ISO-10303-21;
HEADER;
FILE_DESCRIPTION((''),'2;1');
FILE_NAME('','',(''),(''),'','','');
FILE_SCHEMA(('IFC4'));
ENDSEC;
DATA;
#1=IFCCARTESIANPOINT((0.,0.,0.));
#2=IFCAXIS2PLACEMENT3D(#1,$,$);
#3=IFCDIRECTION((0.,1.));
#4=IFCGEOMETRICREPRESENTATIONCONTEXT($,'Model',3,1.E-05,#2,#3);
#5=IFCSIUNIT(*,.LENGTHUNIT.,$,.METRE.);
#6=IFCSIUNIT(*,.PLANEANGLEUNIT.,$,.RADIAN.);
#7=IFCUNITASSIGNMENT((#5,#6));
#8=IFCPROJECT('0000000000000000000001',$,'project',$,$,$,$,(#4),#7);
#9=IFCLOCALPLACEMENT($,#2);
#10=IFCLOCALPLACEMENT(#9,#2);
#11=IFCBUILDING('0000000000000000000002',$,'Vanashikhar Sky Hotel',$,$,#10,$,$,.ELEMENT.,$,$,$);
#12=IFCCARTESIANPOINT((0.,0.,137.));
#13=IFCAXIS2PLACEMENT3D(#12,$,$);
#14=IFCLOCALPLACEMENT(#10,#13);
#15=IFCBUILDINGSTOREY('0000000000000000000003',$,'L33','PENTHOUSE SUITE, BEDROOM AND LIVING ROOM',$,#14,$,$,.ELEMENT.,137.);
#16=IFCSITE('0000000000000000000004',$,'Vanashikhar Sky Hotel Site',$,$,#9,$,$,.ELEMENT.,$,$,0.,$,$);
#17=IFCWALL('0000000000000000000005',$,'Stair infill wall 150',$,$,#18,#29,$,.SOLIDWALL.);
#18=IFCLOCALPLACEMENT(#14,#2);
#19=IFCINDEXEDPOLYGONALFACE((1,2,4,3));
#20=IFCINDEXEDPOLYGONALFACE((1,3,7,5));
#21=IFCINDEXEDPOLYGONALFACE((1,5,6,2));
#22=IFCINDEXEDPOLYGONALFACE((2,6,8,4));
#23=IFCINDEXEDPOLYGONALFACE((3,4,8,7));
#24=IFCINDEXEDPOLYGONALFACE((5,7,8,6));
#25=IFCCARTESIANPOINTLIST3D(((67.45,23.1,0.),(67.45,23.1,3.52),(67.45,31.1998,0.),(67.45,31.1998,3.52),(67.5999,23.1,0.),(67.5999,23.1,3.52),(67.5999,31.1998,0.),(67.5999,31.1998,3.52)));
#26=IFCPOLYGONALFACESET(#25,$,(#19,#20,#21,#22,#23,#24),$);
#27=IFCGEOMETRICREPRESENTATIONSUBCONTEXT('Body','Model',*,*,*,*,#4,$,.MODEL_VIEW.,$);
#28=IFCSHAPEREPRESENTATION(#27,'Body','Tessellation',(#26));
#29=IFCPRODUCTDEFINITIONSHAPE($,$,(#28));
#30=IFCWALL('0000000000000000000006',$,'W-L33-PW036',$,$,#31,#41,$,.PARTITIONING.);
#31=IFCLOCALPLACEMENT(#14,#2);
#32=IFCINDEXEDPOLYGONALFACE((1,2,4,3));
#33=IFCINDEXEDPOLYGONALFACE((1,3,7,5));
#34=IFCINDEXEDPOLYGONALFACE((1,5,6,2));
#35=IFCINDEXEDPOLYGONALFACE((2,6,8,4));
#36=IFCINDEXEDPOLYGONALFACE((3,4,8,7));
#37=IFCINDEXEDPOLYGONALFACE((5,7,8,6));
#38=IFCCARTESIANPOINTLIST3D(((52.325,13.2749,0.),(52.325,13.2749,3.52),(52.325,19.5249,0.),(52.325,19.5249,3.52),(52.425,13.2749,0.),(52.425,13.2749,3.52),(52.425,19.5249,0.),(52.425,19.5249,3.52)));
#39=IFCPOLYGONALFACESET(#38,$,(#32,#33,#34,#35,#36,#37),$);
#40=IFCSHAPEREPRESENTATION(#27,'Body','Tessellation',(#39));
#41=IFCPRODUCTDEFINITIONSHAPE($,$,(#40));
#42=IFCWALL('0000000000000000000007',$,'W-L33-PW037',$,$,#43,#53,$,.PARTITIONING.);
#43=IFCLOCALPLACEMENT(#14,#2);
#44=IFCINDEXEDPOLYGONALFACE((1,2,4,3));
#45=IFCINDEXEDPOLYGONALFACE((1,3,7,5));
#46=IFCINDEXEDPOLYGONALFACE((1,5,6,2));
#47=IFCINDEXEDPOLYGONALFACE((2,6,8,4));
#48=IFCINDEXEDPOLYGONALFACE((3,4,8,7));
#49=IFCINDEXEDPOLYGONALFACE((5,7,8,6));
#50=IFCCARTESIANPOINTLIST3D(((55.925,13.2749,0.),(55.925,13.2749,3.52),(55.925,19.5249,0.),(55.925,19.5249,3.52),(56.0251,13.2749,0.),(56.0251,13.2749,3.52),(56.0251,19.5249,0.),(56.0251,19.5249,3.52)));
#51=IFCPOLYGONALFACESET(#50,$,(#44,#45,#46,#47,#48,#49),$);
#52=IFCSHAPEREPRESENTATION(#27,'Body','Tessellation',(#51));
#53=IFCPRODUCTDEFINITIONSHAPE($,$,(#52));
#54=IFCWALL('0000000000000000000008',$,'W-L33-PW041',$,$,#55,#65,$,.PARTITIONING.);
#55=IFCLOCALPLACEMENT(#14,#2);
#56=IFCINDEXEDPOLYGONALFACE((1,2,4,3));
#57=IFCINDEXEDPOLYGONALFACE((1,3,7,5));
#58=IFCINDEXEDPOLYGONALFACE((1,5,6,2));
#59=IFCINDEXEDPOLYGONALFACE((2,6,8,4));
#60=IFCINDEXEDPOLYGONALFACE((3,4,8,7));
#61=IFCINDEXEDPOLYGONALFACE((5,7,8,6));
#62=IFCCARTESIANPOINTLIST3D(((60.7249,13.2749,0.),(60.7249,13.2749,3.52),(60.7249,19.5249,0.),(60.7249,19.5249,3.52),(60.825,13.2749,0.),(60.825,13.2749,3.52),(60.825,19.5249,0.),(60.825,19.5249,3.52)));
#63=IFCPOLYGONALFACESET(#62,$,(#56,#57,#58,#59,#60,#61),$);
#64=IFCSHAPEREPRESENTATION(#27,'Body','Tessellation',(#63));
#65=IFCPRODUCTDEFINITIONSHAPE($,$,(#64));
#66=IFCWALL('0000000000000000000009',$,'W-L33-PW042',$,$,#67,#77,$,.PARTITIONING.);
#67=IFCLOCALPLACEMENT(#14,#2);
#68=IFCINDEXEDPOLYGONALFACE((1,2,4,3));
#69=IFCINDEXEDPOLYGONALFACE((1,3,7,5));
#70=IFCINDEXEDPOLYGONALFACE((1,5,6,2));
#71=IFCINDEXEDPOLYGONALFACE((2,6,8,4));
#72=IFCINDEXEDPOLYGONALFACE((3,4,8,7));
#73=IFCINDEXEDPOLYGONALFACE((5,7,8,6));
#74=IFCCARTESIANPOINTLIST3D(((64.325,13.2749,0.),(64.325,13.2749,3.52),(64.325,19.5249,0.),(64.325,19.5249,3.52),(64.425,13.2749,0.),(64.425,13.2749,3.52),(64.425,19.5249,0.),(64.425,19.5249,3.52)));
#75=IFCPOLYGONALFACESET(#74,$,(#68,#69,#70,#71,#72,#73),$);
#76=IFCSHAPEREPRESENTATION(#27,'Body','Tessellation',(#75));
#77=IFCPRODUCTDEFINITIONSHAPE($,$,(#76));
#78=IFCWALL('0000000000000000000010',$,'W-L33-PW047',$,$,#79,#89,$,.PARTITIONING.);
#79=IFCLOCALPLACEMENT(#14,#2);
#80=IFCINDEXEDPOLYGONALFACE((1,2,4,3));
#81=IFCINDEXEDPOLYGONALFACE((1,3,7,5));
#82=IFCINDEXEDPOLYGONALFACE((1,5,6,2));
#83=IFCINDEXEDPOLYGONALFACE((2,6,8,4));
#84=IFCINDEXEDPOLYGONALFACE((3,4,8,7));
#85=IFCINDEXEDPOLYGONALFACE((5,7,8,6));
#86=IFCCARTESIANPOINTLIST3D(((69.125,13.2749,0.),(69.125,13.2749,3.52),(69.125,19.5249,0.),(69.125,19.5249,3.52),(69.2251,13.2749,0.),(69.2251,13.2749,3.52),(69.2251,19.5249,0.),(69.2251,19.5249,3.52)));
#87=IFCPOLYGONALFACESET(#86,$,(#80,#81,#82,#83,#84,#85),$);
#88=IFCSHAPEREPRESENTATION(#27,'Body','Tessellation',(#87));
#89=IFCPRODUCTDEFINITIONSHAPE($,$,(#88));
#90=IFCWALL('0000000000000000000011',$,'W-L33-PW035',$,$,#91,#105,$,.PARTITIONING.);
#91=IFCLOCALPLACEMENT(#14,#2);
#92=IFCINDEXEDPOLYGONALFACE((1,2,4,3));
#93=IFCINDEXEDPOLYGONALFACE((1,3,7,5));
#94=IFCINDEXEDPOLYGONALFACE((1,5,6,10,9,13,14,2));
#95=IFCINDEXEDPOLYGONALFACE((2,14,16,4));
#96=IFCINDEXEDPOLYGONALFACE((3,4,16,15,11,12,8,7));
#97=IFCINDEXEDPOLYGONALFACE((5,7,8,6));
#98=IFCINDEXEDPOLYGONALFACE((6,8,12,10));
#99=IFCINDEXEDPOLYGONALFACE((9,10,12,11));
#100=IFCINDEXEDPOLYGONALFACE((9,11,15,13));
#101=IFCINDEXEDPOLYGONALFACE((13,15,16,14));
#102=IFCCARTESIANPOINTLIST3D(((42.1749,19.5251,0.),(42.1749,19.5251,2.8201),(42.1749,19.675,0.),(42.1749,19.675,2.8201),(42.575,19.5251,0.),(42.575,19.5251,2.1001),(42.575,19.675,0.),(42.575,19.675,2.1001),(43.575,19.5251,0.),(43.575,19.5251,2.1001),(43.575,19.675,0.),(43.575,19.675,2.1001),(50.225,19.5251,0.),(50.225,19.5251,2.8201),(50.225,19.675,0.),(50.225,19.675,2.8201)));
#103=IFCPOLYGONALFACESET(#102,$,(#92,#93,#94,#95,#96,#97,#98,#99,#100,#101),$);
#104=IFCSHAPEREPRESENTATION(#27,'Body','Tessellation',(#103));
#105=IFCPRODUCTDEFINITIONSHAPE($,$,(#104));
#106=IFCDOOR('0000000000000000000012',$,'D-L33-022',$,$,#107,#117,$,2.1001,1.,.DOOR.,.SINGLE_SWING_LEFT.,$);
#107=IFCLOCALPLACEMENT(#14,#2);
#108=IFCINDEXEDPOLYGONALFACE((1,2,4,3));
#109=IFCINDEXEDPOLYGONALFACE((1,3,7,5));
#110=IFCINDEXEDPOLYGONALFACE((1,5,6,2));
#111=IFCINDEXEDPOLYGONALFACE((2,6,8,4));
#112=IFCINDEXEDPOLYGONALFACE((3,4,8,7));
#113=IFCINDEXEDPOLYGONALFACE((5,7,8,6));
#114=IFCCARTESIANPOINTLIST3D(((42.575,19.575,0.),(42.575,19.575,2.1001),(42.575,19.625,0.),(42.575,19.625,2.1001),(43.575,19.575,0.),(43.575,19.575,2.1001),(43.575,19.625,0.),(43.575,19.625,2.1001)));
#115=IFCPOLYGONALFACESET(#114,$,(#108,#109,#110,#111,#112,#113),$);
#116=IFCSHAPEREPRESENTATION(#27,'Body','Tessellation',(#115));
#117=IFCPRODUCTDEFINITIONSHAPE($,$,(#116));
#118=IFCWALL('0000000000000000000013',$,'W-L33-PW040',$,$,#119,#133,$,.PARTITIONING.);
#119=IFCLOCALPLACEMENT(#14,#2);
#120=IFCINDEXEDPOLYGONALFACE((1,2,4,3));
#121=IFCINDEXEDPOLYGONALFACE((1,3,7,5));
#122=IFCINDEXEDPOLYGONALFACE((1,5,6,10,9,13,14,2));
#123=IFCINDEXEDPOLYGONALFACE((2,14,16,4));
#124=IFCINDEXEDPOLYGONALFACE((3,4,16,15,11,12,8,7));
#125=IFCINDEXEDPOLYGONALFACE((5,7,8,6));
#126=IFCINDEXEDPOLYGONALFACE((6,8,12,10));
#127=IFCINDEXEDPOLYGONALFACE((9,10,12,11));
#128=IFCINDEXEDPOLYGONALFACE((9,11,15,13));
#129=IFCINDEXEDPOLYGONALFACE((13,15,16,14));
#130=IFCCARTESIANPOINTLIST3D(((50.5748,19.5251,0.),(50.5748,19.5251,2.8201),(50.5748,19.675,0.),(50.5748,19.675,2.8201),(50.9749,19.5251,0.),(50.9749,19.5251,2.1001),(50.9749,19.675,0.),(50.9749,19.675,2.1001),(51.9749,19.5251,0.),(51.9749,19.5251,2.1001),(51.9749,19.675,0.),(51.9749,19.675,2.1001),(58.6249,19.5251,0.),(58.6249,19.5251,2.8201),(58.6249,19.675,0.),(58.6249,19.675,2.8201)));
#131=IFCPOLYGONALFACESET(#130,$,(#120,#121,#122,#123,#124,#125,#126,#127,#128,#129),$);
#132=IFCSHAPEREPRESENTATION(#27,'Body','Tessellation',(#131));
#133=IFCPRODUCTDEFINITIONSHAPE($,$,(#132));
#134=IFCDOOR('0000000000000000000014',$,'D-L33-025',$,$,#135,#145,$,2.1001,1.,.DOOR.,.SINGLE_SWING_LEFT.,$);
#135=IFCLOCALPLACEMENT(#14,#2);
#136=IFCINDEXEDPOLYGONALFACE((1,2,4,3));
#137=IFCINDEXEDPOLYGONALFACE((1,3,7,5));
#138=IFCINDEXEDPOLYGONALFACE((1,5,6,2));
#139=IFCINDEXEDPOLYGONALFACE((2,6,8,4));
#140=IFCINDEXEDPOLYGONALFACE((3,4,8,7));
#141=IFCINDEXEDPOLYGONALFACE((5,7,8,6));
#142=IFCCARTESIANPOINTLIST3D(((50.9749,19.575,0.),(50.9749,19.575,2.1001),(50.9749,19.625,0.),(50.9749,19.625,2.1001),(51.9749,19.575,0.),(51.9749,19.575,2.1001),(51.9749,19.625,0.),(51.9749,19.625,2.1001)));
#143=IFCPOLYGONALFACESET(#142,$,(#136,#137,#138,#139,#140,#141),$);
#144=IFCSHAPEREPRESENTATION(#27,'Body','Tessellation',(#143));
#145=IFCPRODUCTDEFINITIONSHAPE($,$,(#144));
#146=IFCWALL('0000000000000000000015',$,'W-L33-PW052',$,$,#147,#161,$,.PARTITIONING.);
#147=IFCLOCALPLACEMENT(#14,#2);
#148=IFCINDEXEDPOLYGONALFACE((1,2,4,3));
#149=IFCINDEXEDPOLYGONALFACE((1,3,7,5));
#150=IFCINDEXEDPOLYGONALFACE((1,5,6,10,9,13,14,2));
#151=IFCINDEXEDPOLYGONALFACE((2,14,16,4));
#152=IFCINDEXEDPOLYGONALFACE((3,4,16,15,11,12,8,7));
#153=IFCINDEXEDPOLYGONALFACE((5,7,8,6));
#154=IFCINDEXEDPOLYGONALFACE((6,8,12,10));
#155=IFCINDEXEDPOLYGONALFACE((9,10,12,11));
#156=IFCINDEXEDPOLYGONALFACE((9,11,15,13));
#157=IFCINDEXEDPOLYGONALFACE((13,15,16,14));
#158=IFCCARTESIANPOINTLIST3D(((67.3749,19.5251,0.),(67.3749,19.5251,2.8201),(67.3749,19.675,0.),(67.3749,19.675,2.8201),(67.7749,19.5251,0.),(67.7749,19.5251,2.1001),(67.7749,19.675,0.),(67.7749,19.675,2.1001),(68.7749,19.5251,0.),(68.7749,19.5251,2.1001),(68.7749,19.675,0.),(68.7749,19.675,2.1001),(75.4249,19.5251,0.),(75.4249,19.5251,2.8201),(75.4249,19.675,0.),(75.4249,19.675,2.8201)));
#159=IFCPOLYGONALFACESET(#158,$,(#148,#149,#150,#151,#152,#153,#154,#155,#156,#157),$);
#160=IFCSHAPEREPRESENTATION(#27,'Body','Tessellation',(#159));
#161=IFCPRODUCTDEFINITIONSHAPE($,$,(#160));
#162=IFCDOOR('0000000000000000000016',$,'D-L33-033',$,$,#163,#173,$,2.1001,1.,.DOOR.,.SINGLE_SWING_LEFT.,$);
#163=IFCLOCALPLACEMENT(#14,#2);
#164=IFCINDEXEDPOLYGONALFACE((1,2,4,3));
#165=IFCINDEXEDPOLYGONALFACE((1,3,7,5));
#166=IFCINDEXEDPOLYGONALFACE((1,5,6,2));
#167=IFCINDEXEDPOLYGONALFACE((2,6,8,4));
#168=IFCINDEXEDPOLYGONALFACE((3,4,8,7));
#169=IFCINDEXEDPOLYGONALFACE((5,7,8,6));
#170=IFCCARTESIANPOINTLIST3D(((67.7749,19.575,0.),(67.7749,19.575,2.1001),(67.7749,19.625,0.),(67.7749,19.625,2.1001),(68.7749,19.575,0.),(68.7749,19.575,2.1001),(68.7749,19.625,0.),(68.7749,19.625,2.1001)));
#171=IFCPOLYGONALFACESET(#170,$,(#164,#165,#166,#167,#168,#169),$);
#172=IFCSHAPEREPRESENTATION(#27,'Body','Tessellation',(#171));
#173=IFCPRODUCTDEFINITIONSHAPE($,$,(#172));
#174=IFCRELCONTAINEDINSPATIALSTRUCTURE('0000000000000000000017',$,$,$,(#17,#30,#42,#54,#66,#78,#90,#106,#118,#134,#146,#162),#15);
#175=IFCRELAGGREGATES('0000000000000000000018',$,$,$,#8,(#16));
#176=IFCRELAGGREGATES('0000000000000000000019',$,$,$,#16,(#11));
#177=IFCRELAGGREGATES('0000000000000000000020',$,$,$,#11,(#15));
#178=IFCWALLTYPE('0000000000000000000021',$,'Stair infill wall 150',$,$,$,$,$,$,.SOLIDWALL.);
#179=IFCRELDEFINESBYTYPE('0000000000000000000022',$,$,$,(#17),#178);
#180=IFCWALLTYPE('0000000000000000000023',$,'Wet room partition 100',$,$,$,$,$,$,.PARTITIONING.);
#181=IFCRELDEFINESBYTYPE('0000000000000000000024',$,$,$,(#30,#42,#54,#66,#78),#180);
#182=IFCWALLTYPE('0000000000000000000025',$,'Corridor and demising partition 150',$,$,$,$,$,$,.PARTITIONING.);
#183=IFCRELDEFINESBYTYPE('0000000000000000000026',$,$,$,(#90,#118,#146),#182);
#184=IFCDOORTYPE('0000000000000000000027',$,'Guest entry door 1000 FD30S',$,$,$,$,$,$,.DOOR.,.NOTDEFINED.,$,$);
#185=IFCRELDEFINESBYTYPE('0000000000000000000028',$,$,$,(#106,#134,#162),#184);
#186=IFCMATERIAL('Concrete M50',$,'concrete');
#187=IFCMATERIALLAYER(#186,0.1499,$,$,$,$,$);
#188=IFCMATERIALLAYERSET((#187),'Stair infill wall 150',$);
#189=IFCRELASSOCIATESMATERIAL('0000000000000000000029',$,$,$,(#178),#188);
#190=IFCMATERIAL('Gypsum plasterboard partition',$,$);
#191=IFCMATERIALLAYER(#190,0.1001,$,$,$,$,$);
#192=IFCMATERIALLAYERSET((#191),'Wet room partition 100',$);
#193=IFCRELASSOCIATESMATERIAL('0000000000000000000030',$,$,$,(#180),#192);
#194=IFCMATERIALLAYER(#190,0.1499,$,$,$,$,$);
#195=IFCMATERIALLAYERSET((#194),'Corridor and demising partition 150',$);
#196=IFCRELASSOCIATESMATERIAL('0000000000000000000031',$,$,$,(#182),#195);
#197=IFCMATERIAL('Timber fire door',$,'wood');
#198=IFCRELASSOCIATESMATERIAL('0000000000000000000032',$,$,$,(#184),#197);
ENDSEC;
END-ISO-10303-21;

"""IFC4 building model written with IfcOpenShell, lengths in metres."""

from ifc_helpers import new_model, si_unit, direction, frame, frame_2d, origin, place, context, subcontext, project, spatial, rectangle, extrude, source, transform, mapped, material, layer, layer_set, type_object, element, fill, save


model = new_model("IFC4")

# Units and contexts
model_context = context("Model", 3, precision=1e-05, world=origin(), true_north=direction((0.0, 1.0)))
body_context = subcontext(model_context, "Body", "Model", "MODEL_VIEW")
ifc_project = project(units=[si_unit("LENGTHUNIT", "METRE"), si_unit("PLANEANGLEUNIT", "RADIAN")], contexts=[model_context])

# Site, building, storey
site_placement = place(None, origin())
site = spatial("IfcSite", under=ifc_project, at=site_placement, Name="Vanashikhar Sky Hotel Site", CompositionType="ELEMENT", RefElevation=0.0)
building_placement = place(site_placement, origin())
building = spatial("IfcBuilding", under=site, at=building_placement, Name="Vanashikhar Sky Hotel", CompositionType="ELEMENT")
storey_placement = place(building_placement, frame((0.0, 0.0, 137.0)))
storey = spatial("IfcBuildingStorey", under=building, at=storey_placement, Name="L33", Description="PENTHOUSE SUITE, BEDROOM AND LIVING ROOM", CompositionType="ELEMENT", Elevation=137.0)

# Shared definitions
ifc_material_1 = material(Name="Concrete M50", Category="concrete")

# Walls
ifc_layer_1 = layer(ifc_material_1, 0.1499)
ifc_layer_set_1 = layer_set([ifc_layer_1], Name="Stair infill wall 150")
wall_type_1 = type_object("IfcWallType", Name="Stair infill wall 150", PredefinedType="SOLIDWALL", material=ifc_layer_set_1)
shared_shape_1 = source(origin(), body_context, "Body", "SweptSolid", [
    extrude(rectangle(XDim=8.0999, YDim=0.1499, at=frame_2d((4.0498, 0.0))), origin(), (0.0, 0.0, 1.0), 3.52),
])
wall_1_placement = place(storey_placement, frame((67.5249, 23.1001, 0.0), z_axis=(0.0, 0.0, 1.0), x_axis=(0.0, 1.0, 0.0)))
element("IfcWall", 1, at=wall_1_placement, inside=storey, type_object=wall_type_1, Name="Stair infill wall 150", PredefinedType="SOLIDWALL", context=body_context, shape_type="MappedRepresentation", body=[
    mapped(shared_shape_1, transform((0.0, 0.0, 0.0), scale=1.0)),
])
ifc_material_2 = material(Name="Gypsum plasterboard partition")
ifc_layer_2 = layer(ifc_material_2, 0.1001)
ifc_layer_set_2 = layer_set([ifc_layer_2], Name="Wet room partition 100")
wall_type_2 = type_object("IfcWallType", Name="Wet room partition 100", PredefinedType="PARTITIONING", material=ifc_layer_set_2)
shared_shape_2 = source(origin(), body_context, "Body", "SweptSolid", [
    extrude(rectangle(XDim=6.25, YDim=0.1001, at=frame_2d((3.125, 0.0))), origin(), (0.0, 0.0, 1.0), 3.52),
])
for number, where, z_axis, x_axis, name in (
    (2, (52.375, 13.2749, 0.0), (0.0, 0.0, 1.0), (0.0, 1.0, 0.0), "W-L33-PW036"),
    (3, (55.9751, 13.2749, 0.0), (0.0, 0.0, 1.0), (0.0, 1.0, 0.0), "W-L33-PW037"),
    (4, (60.7749, 13.2749, 0.0), (0.0, 0.0, 1.0), (0.0, 1.0, 0.0), "W-L33-PW041"),
    (5, (64.375, 13.2749, 0.0), (0.0, 0.0, 1.0), (0.0, 1.0, 0.0), "W-L33-PW042"),
    (6, (69.175, 13.2749, 0.0), (0.0, 0.0, 1.0), (0.0, 1.0, 0.0), "W-L33-PW047"),
):
    element("IfcWall", number, at=place(storey_placement, frame(where, z_axis=z_axis, x_axis=x_axis)), inside=storey, type_object=wall_type_2, Name=name, PredefinedType="PARTITIONING", context=body_context, shape_type="MappedRepresentation", body=[
        mapped(shared_shape_2, transform((0.0, 0.0, 0.0), scale=1.0)),
    ])

# Walls, openings, doors
ifc_layer_3 = layer(ifc_material_2, 0.1499)
ifc_layer_set_3 = layer_set([ifc_layer_3], Name="Corridor and demising partition 150")
wall_type_3 = type_object("IfcWallType", Name="Corridor and demising partition 150", PredefinedType="PARTITIONING", material=ifc_layer_set_3)
shared_shape_3 = source(origin(), body_context, "Body", "SweptSolid", [
    extrude(rectangle(XDim=8.05, YDim=0.1499, at=frame_2d((4.0249, 0.0))), origin(), (0.0, 0.0, 1.0), 2.8201),
])
wall_2_placement = place(storey_placement, frame((42.175, 19.6001, 0.0), z_axis=(0.0, 0.0, 1.0), x_axis=(1.0, 0.0, 0.0)))
wall_2 = element("IfcWall", 7, at=wall_2_placement, inside=storey, type_object=wall_type_3, Name="W-L33-PW035", PredefinedType="PARTITIONING", context=body_context, shape_type="MappedRepresentation", body=[
    mapped(shared_shape_3, transform((0.0, 0.0, 0.0), scale=1.0)),
])
shared_shape_4 = source(origin(), body_context, "Body", "SweptSolid", [
    extrude(rectangle(XDim=1.0, YDim=2.1001, at=frame_2d((0.5, 1.05))), frame((0.0, 0.085, 0.0), z_axis=(0.0, -1.0, 0.0), x_axis=(1.0, 0.0, 0.0)), (0.0, 0.0, 1.0), 0.1699),
])
opening_1_placement = place(wall_2_placement, frame((0.3999, 0.0, 0.0)))
opening_1 = element("IfcOpeningElement", 8, at=opening_1_placement, cuts=wall_2, PredefinedType="OPENING", context=body_context, shape_type="MappedRepresentation", body=[
    mapped(shared_shape_4, transform((0.0, 0.0, 0.0), scale=1.0)),
])
ifc_material_3 = material(Name="Timber fire door", Category="wood")
door_type_1 = type_object("IfcDoorType", Name="Guest entry door 1000 FD30S", OperationType="NOTDEFINED", PredefinedType="DOOR", material=ifc_material_3)
shared_shape_5 = source(origin(), body_context, "Body", "SweptSolid", [
    extrude(rectangle(XDim=1.0, YDim=2.1001, at=frame_2d((0.5, 1.05))), frame((0.0, 0.0249, 0.0), z_axis=(0.0, -1.0, 0.0), x_axis=(1.0, 0.0, 0.0)), (0.0, 0.0, 1.0), 0.05),
])
door_1_placement = place(opening_1_placement, origin())
door_1 = element("IfcDoor", 9, at=door_1_placement, inside=storey, type_object=door_type_1, Name="D-L33-022", OperationType="SINGLE_SWING_LEFT", OverallHeight=2.1001, OverallWidth=1.0, PredefinedType="DOOR", context=body_context, shape_type="MappedRepresentation", body=[
    mapped(shared_shape_5, transform((0.0, 0.0, 0.0), scale=1.0)),
])
fill(opening_1, door_1)
wall_3_placement = place(storey_placement, frame((50.575, 19.6001, 0.0), z_axis=(0.0, 0.0, 1.0), x_axis=(1.0, 0.0, 0.0)))
wall_3 = element("IfcWall", 10, at=wall_3_placement, inside=storey, type_object=wall_type_3, Name="W-L33-PW040", PredefinedType="PARTITIONING", context=body_context, shape_type="MappedRepresentation", body=[
    mapped(shared_shape_3, transform((0.0, 0.0, 0.0), scale=1.0)),
])
opening_2_placement = place(wall_3_placement, frame((0.3999, 0.0, 0.0)))
opening_2 = element("IfcOpeningElement", 11, at=opening_2_placement, cuts=wall_3, PredefinedType="OPENING", context=body_context, shape_type="MappedRepresentation", body=[
    mapped(shared_shape_4, transform((0.0, 0.0, 0.0), scale=1.0)),
])
door_2_placement = place(opening_2_placement, origin())
door_2 = element("IfcDoor", 12, at=door_2_placement, inside=storey, type_object=door_type_1, Name="D-L33-025", OperationType="SINGLE_SWING_LEFT", OverallHeight=2.1001, OverallWidth=1.0, PredefinedType="DOOR", context=body_context, shape_type="MappedRepresentation", body=[
    mapped(shared_shape_5, transform((0.0, 0.0, 0.0), scale=1.0)),
])
fill(opening_2, door_2)
wall_4_placement = place(storey_placement, frame((67.375, 19.6001, 0.0), z_axis=(0.0, 0.0, 1.0), x_axis=(1.0, 0.0, 0.0)))
wall_4 = element("IfcWall", 13, at=wall_4_placement, inside=storey, type_object=wall_type_3, Name="W-L33-PW052", PredefinedType="PARTITIONING", context=body_context, shape_type="MappedRepresentation", body=[
    mapped(shared_shape_3, transform((0.0, 0.0, 0.0), scale=1.0)),
])
opening_3_placement = place(wall_4_placement, frame((0.3999, 0.0, 0.0)))
opening_3 = element("IfcOpeningElement", 14, at=opening_3_placement, cuts=wall_4, PredefinedType="OPENING", context=body_context, shape_type="MappedRepresentation", body=[
    mapped(shared_shape_4, transform((0.0, 0.0, 0.0), scale=1.0)),
])
door_3_placement = place(opening_3_placement, origin())
door_3 = element("IfcDoor", 15, at=door_3_placement, inside=storey, type_object=door_type_1, Name="D-L33-033", OperationType="SINGLE_SWING_LEFT", OverallHeight=2.1001, OverallWidth=1.0, PredefinedType="DOOR", context=body_context, shape_type="MappedRepresentation", body=[
    mapped(shared_shape_5, transform((0.0, 0.0, 0.0), scale=1.0)),
])
fill(opening_3, door_3)

save(model, "model.ifc")
